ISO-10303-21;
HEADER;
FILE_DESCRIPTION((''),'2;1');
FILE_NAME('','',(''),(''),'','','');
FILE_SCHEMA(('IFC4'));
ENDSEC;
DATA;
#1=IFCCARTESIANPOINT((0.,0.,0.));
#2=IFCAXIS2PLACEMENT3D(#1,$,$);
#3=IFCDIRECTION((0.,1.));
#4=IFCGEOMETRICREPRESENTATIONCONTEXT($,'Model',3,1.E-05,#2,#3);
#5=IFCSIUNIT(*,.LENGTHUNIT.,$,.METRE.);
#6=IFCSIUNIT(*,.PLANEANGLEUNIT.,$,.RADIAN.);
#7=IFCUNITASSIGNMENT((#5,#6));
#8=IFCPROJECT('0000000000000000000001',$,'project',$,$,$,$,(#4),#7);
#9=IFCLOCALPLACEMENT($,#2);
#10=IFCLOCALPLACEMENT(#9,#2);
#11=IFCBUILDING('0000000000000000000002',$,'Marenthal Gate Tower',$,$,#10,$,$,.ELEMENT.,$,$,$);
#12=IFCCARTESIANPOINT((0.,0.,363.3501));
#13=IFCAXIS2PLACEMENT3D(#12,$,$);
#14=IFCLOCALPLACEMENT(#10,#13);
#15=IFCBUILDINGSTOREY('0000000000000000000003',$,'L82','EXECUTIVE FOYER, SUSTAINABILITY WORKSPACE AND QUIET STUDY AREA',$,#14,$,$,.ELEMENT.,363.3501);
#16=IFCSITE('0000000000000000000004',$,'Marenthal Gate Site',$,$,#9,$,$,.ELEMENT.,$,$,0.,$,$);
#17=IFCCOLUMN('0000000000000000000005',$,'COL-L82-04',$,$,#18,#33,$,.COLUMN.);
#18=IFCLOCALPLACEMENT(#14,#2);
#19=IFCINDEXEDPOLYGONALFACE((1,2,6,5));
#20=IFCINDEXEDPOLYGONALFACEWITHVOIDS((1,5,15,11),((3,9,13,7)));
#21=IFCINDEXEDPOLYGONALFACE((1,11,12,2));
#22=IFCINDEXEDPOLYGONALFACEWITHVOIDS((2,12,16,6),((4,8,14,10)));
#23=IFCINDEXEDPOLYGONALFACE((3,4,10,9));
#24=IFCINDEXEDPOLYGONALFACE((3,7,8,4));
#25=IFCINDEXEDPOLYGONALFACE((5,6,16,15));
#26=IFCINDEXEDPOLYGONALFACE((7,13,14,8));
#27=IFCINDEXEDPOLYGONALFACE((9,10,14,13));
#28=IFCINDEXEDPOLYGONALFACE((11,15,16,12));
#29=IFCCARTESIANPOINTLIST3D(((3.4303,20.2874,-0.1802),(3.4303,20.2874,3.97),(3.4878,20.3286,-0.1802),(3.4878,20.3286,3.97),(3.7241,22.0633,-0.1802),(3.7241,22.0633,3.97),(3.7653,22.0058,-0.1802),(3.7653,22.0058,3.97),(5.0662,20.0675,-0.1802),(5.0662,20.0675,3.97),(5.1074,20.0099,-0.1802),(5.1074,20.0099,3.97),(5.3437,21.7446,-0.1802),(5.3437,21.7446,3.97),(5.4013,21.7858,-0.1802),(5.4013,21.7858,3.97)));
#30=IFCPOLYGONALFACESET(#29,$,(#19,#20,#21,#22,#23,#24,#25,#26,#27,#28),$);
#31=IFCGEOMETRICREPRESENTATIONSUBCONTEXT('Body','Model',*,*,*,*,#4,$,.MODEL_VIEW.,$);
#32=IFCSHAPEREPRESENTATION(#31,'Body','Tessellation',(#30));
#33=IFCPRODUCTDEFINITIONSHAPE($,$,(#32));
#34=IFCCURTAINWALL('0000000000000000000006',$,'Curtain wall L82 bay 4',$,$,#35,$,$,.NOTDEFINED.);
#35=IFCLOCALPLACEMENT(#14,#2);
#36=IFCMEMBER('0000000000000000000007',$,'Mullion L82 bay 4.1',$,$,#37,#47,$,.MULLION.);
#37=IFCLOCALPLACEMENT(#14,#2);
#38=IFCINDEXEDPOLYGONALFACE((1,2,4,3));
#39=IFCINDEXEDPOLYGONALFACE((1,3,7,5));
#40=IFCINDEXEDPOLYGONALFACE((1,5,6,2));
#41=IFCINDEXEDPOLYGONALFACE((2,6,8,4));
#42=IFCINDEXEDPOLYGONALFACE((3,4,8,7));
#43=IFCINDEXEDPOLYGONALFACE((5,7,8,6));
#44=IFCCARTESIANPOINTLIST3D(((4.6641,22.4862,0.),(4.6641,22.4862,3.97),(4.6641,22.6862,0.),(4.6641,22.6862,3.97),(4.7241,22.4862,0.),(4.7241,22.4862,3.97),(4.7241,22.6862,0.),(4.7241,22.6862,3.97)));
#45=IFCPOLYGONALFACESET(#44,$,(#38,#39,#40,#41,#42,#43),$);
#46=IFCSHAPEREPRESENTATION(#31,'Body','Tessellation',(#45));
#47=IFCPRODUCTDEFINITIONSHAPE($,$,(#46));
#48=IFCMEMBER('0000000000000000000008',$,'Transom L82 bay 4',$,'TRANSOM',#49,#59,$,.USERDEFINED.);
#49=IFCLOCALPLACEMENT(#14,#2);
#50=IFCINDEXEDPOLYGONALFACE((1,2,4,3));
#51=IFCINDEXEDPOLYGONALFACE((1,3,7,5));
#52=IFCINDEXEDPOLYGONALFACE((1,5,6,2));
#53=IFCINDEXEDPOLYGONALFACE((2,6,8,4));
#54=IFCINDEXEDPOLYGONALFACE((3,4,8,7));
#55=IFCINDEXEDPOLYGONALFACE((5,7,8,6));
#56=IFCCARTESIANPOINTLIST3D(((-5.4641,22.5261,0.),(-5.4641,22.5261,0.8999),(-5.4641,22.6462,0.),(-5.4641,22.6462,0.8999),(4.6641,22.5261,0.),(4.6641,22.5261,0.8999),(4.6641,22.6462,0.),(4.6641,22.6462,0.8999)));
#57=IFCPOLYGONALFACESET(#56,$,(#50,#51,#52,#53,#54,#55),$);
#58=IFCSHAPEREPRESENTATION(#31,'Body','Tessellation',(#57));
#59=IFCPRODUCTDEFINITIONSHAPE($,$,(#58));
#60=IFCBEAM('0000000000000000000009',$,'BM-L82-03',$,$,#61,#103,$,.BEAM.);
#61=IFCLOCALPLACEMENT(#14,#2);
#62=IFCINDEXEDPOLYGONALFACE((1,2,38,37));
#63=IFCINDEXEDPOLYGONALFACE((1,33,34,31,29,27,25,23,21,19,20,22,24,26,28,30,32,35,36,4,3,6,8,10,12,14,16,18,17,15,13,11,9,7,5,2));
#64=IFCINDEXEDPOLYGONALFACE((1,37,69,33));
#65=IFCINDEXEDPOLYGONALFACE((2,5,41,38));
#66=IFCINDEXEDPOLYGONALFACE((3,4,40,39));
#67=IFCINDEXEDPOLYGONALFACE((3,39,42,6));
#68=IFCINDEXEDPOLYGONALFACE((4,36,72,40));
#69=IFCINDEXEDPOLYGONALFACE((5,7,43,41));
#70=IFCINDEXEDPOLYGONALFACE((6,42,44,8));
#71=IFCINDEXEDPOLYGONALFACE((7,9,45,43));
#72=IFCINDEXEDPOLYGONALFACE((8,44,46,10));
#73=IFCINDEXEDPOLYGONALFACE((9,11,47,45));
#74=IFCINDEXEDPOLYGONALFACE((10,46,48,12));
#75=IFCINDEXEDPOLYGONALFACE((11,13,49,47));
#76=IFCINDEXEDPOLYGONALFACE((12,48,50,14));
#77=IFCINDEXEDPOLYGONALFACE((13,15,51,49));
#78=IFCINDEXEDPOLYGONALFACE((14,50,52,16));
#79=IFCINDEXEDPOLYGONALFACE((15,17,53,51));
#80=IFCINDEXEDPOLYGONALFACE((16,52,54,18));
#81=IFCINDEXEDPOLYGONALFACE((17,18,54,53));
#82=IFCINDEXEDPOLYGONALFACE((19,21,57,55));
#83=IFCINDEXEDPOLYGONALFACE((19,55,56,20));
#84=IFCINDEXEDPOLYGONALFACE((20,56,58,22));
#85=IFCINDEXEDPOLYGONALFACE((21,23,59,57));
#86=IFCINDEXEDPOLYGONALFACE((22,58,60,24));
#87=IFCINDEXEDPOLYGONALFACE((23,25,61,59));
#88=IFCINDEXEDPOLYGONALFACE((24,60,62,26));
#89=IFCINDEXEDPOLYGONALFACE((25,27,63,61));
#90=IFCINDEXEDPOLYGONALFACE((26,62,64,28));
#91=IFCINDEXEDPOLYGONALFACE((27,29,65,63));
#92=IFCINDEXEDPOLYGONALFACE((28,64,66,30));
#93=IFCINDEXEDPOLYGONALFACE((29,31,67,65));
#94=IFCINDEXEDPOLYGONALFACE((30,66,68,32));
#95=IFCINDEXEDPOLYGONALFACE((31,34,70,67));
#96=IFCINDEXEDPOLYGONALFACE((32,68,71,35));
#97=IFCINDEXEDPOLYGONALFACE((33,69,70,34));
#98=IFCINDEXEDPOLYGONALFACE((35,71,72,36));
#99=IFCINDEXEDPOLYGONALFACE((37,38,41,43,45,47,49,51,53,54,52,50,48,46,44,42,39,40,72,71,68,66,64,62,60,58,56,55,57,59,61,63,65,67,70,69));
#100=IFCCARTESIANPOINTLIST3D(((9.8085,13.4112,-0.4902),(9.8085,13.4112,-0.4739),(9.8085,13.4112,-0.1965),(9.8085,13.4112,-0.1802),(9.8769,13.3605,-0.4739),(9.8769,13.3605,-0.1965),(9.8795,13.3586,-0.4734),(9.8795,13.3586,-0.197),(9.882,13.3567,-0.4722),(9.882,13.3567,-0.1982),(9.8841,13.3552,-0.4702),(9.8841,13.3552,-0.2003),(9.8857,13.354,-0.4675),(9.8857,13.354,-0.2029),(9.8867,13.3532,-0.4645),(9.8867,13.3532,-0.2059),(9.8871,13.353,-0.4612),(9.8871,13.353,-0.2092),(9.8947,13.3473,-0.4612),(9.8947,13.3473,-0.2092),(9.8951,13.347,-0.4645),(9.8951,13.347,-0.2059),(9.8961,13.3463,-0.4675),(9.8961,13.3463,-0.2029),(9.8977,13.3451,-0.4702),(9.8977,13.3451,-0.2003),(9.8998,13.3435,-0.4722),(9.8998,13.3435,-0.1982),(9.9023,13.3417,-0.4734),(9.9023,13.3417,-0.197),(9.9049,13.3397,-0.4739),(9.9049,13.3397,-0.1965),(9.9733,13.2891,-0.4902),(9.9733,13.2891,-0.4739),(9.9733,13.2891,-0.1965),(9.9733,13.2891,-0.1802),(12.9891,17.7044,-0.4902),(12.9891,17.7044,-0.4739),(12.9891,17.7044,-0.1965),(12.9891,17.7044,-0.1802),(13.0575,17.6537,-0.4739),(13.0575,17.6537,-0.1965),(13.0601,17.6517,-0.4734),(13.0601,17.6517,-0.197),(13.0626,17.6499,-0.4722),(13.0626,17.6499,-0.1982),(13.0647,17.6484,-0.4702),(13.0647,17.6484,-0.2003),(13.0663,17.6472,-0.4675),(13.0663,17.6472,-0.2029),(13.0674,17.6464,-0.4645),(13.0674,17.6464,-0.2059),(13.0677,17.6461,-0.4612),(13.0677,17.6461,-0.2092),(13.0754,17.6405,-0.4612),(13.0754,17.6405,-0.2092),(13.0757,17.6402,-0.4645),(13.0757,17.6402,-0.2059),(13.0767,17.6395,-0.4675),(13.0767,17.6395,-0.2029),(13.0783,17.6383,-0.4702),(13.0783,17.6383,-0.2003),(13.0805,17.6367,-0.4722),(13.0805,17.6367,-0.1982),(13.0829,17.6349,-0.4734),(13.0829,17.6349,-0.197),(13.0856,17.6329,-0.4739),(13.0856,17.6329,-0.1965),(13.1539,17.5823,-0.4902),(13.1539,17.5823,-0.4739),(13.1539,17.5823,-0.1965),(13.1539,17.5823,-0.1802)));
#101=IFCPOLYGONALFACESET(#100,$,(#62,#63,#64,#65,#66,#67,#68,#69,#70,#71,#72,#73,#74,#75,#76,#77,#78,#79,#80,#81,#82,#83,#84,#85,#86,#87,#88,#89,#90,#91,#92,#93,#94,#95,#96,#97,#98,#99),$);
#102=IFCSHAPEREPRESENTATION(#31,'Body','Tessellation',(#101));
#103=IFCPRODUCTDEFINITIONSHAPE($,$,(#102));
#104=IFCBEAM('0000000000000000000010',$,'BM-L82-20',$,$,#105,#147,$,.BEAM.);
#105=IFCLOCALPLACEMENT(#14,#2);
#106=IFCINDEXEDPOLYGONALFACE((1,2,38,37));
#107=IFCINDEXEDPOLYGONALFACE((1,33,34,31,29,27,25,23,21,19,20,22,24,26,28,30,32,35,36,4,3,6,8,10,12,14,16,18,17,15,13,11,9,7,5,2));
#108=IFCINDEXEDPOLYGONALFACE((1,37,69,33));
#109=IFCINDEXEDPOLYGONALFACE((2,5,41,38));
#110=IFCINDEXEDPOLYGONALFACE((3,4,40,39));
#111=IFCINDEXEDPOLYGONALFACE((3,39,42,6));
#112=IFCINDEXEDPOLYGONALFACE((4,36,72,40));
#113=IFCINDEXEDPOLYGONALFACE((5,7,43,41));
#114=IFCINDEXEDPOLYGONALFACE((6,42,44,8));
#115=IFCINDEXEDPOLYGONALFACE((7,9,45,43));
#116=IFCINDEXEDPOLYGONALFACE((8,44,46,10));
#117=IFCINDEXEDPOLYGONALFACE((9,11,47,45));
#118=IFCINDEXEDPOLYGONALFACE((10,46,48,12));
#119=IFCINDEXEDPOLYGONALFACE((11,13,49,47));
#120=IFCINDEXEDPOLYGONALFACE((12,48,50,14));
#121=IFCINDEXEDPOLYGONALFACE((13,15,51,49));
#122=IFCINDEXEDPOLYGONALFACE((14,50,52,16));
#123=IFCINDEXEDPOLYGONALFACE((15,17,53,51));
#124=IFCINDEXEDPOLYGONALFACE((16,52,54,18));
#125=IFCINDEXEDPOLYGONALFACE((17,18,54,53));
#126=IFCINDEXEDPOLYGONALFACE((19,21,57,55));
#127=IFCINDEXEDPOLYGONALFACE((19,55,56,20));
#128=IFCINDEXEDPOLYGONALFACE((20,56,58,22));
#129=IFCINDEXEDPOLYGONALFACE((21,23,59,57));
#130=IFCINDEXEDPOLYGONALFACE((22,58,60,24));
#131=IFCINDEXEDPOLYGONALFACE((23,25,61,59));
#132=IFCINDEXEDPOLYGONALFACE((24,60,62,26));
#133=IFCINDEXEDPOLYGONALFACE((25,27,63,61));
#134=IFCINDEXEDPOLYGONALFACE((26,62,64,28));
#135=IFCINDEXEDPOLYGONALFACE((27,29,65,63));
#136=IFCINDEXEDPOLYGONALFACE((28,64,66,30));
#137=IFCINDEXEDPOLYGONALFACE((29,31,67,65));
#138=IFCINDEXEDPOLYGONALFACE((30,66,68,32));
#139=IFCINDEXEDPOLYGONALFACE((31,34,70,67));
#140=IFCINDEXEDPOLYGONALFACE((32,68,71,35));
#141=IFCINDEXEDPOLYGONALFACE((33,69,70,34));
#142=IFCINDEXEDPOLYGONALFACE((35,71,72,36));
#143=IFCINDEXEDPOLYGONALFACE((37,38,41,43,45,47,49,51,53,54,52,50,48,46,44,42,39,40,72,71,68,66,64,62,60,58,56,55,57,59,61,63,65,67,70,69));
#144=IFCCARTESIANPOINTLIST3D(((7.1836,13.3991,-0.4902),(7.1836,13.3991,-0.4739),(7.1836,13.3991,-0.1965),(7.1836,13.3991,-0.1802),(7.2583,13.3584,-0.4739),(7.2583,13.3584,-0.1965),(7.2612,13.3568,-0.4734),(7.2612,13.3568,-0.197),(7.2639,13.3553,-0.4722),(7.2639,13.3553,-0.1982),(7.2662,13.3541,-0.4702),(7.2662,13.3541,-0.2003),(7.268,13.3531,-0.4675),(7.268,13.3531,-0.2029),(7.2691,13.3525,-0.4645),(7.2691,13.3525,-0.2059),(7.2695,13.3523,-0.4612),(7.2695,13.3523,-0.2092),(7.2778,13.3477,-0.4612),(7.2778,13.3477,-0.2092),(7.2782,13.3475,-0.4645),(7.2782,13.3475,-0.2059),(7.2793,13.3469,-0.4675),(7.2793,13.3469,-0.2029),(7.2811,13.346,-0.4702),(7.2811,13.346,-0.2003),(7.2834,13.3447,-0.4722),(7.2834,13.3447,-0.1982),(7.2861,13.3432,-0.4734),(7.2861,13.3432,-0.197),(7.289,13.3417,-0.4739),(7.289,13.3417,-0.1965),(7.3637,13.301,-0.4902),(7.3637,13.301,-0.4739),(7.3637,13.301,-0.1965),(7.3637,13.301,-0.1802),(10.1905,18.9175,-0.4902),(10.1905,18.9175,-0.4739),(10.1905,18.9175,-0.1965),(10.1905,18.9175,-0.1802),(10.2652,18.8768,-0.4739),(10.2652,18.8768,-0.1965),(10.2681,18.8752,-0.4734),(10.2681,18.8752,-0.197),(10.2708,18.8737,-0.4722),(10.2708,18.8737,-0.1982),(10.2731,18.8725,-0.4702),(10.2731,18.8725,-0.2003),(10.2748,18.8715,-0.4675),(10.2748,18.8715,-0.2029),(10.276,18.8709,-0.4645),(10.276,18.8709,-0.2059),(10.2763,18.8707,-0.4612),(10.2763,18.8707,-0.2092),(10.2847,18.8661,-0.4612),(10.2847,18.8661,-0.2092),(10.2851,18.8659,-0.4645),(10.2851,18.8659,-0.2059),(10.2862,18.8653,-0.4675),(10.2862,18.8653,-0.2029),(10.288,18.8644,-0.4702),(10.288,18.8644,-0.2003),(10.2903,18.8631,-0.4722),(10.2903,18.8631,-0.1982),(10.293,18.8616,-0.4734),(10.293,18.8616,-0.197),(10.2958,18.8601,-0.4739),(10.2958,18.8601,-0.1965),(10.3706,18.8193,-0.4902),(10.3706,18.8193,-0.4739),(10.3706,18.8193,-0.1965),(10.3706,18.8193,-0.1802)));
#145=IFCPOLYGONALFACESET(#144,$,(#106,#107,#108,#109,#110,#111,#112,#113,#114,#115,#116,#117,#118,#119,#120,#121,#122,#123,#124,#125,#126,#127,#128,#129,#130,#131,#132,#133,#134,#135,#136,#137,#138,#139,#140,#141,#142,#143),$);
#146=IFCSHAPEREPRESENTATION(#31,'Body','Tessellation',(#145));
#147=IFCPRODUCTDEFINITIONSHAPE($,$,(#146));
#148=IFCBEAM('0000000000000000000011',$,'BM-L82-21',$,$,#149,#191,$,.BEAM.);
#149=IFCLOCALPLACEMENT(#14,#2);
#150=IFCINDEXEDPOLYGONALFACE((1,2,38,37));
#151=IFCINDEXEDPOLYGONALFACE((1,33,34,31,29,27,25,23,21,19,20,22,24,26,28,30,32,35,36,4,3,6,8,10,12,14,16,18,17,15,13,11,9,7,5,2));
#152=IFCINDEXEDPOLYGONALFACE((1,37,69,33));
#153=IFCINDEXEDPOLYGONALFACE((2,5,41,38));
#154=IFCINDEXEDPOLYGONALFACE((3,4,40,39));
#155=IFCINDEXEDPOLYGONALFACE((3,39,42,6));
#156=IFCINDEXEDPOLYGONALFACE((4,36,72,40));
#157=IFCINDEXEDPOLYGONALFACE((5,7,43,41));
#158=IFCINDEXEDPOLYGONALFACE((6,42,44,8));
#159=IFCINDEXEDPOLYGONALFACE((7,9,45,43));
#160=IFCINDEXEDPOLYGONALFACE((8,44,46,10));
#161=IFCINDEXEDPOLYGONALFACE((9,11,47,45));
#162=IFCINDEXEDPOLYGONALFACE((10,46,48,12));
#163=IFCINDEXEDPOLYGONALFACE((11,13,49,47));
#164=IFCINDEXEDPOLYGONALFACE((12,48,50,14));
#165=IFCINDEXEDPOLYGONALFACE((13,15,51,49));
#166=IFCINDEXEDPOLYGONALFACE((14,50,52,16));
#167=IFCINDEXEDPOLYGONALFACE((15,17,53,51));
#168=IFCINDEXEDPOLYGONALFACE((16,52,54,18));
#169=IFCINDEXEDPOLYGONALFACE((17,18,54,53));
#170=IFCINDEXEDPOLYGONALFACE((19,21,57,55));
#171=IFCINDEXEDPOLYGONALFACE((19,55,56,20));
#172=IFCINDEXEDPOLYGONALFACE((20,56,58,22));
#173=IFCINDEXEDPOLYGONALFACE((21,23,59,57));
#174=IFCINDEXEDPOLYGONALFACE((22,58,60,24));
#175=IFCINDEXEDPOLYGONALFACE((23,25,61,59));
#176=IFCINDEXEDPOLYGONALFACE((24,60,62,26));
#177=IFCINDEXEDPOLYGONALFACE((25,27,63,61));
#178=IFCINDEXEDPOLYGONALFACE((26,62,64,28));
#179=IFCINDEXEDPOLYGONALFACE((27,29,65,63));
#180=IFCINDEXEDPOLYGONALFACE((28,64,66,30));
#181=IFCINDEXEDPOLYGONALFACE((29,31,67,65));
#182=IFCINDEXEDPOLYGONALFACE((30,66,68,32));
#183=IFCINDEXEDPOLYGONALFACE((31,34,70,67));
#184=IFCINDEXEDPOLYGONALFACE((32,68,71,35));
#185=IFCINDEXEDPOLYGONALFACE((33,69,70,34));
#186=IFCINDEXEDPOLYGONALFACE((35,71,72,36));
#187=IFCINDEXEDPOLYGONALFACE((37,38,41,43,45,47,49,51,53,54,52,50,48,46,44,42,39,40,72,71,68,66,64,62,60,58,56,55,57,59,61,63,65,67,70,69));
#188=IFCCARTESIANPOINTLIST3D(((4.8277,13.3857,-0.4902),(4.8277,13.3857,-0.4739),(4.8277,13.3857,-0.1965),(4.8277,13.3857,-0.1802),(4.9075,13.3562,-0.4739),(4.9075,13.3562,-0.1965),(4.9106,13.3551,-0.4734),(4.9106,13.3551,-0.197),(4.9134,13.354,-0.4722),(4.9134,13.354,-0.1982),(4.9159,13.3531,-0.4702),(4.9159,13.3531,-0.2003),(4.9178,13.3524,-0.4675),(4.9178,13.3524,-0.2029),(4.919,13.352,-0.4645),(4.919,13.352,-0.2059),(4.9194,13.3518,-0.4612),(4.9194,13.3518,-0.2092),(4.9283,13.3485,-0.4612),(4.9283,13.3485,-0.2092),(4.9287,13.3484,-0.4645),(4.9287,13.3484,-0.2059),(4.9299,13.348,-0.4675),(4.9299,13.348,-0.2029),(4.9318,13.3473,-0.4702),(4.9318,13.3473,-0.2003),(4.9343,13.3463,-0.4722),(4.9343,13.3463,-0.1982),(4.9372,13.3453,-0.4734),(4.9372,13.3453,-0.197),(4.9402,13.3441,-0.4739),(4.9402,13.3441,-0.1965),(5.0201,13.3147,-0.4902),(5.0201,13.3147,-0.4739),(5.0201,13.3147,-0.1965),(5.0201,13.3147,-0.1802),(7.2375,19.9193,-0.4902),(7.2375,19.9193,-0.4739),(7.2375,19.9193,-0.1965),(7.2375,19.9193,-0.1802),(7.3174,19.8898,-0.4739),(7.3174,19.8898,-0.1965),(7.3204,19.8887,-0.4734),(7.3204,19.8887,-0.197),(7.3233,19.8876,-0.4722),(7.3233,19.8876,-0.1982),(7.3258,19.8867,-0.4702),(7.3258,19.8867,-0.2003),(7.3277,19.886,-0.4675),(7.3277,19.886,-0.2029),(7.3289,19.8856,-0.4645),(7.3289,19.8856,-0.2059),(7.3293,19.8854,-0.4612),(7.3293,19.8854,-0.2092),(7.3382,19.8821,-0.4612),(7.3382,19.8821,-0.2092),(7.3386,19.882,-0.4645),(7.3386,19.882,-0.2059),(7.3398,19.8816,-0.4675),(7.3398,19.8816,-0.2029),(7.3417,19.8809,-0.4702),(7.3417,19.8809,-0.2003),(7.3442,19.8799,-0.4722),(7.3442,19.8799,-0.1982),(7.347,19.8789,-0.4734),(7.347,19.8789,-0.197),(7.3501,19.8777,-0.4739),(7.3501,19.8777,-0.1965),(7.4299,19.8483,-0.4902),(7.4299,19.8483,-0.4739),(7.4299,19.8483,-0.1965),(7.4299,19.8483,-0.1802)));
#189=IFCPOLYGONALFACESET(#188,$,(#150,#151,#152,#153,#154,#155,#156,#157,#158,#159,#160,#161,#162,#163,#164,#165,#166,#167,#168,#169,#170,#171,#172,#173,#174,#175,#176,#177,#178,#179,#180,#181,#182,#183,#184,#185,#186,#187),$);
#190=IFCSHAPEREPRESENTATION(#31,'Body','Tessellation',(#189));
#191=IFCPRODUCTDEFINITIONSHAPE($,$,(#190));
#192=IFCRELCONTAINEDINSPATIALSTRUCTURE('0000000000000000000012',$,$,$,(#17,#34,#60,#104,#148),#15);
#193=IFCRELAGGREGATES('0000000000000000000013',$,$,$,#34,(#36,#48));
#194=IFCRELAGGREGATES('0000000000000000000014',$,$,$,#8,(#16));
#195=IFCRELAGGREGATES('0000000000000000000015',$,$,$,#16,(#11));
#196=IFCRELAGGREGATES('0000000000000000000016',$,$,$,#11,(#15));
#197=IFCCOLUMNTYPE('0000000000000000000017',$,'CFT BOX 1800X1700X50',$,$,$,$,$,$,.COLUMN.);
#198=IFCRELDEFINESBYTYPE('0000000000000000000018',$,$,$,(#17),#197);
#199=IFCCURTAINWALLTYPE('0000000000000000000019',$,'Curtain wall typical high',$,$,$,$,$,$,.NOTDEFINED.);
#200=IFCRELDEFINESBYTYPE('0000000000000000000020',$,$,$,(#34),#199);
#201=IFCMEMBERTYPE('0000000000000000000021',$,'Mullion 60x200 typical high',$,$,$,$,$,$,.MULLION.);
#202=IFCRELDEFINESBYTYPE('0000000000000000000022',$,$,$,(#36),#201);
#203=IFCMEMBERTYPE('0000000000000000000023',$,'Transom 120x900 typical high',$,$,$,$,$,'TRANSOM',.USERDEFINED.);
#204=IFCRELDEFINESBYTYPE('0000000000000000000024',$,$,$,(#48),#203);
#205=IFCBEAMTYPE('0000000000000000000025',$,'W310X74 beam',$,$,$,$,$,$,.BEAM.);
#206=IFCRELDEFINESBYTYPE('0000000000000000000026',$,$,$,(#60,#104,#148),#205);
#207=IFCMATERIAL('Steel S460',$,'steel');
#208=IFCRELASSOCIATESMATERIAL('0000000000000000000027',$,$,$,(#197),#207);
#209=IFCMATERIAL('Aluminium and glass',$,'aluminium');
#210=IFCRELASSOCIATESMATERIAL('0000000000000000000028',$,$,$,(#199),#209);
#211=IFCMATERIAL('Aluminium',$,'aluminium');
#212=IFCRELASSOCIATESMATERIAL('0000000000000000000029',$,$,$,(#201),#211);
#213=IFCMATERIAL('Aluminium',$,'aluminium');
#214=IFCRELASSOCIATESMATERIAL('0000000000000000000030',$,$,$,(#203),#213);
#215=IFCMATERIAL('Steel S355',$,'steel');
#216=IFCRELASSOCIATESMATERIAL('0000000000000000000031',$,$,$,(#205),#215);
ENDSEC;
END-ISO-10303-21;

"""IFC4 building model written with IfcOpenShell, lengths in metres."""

from ifc_helpers import new_model, si_unit, direction, frame, origin, origin_2d, place, context, subcontext, project, spatial, rectangle, hollow_rectangle, i_section, extrude, material, material_profile, profile_set, type_object, element, aggregate, save


model = new_model("IFC4")

# Units and contexts
model_context = context("Model", 3, precision=1e-05, world=origin(), true_north=direction((0.0, 1.0)))
body_context = subcontext(model_context, "Body", "Model", "MODEL_VIEW")
ifc_project = project(units=[si_unit("LENGTHUNIT", "METRE"), si_unit("PLANEANGLEUNIT", "RADIAN")], contexts=[model_context])

# Site, building, storey
site_placement = place(None, origin())
site = spatial("IfcSite", under=ifc_project, at=site_placement, Name="Marenthal Gate Site", CompositionType="ELEMENT", RefElevation=0.0)
building_placement = place(site_placement, origin())
building = spatial("IfcBuilding", under=site, at=building_placement, Name="Marenthal Gate Tower", CompositionType="ELEMENT")
storey_placement = place(building_placement, frame((0.0, 0.0, 363.3501)))
storey = spatial("IfcBuildingStorey", under=building, at=storey_placement, Name="L82", Description="EXECUTIVE FOYER, SUSTAINABILITY WORKSPACE AND QUIET STUDY AREA", CompositionType="ELEMENT", Elevation=363.3501)

# Column
ifc_material_1 = material(Name="Steel S460", Category="steel")
ifc_material_profile_1 = material_profile(ifc_material_1, hollow_rectangle(XDim=1.7, YDim=1.8, WallThickness=0.05, at=origin_2d()), Name="CFT BOX 1800X1700X50")
ifc_material_2 = material(Name="Concrete 70 MPa", Category="concrete")
ifc_material_profile_2 = material_profile(ifc_material_2, rectangle(XDim=1.6001, YDim=1.7, at=origin_2d()), Name="CFT BOX 1800X1700X50 INFILL")
ifc_profile_set_1 = profile_set([ifc_material_profile_1, ifc_material_profile_2], Name="Steel S460 shell, Concrete 70 MPa infill")
column_type = type_object("IfcColumnType", Name="CFT BOX 1800X1700X50", PredefinedType="COLUMN", material=ifc_profile_set_1)
column_placement = place(storey_placement, frame((4.4158, 21.0366, -0.1802), z_axis=(0.0, 0.0, 1.0), x_axis=(0.98659, -0.163221, 0.0)))
element("IfcColumn", 1, at=column_placement, inside=storey, type_object=column_type, Name="COL-L82-04", PredefinedType="COLUMN", context=body_context, shape_type="SweptSolid", body=[
    extrude(hollow_rectangle(XDim=1.7, YDim=1.8, WallThickness=0.05, at=origin_2d()), origin(), (0.0, 0.0, 1.0), 4.1501),
])

# Curtain wall, members
ifc_material_3 = material(Name="Aluminium and glass", Category="aluminium")
curtain_wall_type = type_object("IfcCurtainWallType", Name="Curtain wall typical high", PredefinedType="NOTDEFINED", material=ifc_material_3)
curtain_wall_placement = place(storey_placement, origin())
curtain_wall = element("IfcCurtainWall", 2, at=curtain_wall_placement, inside=storey, type_object=curtain_wall_type, Name="Curtain wall L82 bay 4", PredefinedType="NOTDEFINED")
ifc_material_4 = material(Name="Aluminium", Category="aluminium")
ifc_material_profile_3 = material_profile(ifc_material_4, rectangle(XDim=0.2, YDim=0.0601, at=origin_2d()), Name="60x200 aluminium mullion")
ifc_profile_set_2 = profile_set([ifc_material_profile_3], Name="Aluminium")
member_type_1 = type_object("IfcMemberType", Name="Mullion 60x200 typical high", PredefinedType="MULLION", material=ifc_profile_set_2)
member_1_placement = place(storey_placement, frame((4.6941, 22.5862, 0.0), z_axis=(0.0, 0.0, 1.0), x_axis=(0.0, -1.0, 0.0)))
member_1 = element("IfcMember", 3, at=member_1_placement, type_object=member_type_1, Name="Mullion L82 bay 4.1", PredefinedType="MULLION", context=body_context, shape_type="SweptSolid", body=[
    extrude(rectangle(XDim=0.2, YDim=0.0601, at=origin_2d()), origin(), (0.0, 0.0, 1.0), 3.97),
])
ifc_material_5 = material(Name="Aluminium", Category="aluminium")
ifc_material_profile_4 = material_profile(ifc_material_5, rectangle(XDim=0.1201, YDim=0.8999, at=origin_2d()), Name="120x900 aluminium transom")
ifc_profile_set_3 = profile_set([ifc_material_profile_4], Name="Aluminium")
member_type_2 = type_object("IfcMemberType", Name="Transom 120x900 typical high", ElementType="TRANSOM", PredefinedType="USERDEFINED", material=ifc_profile_set_3)
member_2_placement = place(storey_placement, frame((4.6641, 22.5862, 0.45), z_axis=(-1.0, 0.0, 0.0), x_axis=(0.0, -1.0, 0.0)))
member_2 = element("IfcMember", 4, at=member_2_placement, type_object=member_type_2, Name="Transom L82 bay 4", ObjectType="TRANSOM", PredefinedType="USERDEFINED", context=body_context, shape_type="SweptSolid", body=[
    extrude(rectangle(XDim=0.1201, YDim=0.8999, at=origin_2d()), origin(), (0.0, 0.0, 1.0), 10.1282),
])

# Beams
ifc_material_6 = material(Name="Steel S355", Category="steel")
ifc_material_profile_5 = material_profile(ifc_material_6, i_section(OverallWidth=0.2051, OverallDepth=0.3101, WebThickness=0.0095, FlangeThickness=0.0164, FilletRadius=0.0127, at=origin_2d()), Name="W310X74")
ifc_profile_set_4 = profile_set([ifc_material_profile_5], Name="Steel S355")
beam_type_1 = type_object("IfcBeamType", Name="W310X74 beam", PredefinedType="BEAM", material=ifc_profile_set_4)
beam_1_placement = place(storey_placement, frame((13.0715, 17.6433, -0.3352), z_axis=(-0.595289, -0.803512, 0.0), x_axis=(0.803512, -0.595289, 0.0)))
element("IfcBeam", 5, at=beam_1_placement, inside=storey, type_object=beam_type_1, Name="BM-L82-03", PredefinedType="BEAM", context=body_context, shape_type="SweptSolid", body=[
    extrude(i_section(OverallWidth=0.2051, OverallDepth=0.3101, WebThickness=0.0095, FlangeThickness=0.0164, FilletRadius=0.0127, at=origin_2d()), origin(), (0.0, 0.0, 1.0), 5.343),
])
beam_2_placement = place(storey_placement, frame((10.2805, 18.8684, -0.3352), z_axis=(-0.478466, -0.878106, 0.0), x_axis=(0.878106, -0.478466, 0.0)))
element("IfcBeam", 6, at=beam_2_placement, inside=storey, type_object=beam_type_1, Name="BM-L82-20", PredefinedType="BEAM", context=body_context, shape_type="SweptSolid", body=[
    extrude(i_section(OverallWidth=0.2051, OverallDepth=0.3101, WebThickness=0.0095, FlangeThickness=0.0164, FilletRadius=0.0127, at=origin_2d()), origin(), (0.0, 0.0, 1.0), 6.2844),
])
beam_3_placement = place(storey_placement, frame((7.3337, 19.8838, -0.3352), z_axis=(-0.346055, -0.938214, 0.0), x_axis=(0.938214, -0.346055, 0.0)))
element("IfcBeam", 7, at=beam_3_placement, inside=storey, type_object=beam_type_1, Name="BM-L82-21", PredefinedType="BEAM", context=body_context, shape_type="SweptSolid", body=[
    extrude(i_section(OverallWidth=0.2051, OverallDepth=0.3101, WebThickness=0.0095, FlangeThickness=0.0164, FilletRadius=0.0127, at=origin_2d()), origin(), (0.0, 0.0, 1.0), 6.9639),
])

aggregate(curtain_wall, [member_1, member_2])

save(model, "model.ifc")
